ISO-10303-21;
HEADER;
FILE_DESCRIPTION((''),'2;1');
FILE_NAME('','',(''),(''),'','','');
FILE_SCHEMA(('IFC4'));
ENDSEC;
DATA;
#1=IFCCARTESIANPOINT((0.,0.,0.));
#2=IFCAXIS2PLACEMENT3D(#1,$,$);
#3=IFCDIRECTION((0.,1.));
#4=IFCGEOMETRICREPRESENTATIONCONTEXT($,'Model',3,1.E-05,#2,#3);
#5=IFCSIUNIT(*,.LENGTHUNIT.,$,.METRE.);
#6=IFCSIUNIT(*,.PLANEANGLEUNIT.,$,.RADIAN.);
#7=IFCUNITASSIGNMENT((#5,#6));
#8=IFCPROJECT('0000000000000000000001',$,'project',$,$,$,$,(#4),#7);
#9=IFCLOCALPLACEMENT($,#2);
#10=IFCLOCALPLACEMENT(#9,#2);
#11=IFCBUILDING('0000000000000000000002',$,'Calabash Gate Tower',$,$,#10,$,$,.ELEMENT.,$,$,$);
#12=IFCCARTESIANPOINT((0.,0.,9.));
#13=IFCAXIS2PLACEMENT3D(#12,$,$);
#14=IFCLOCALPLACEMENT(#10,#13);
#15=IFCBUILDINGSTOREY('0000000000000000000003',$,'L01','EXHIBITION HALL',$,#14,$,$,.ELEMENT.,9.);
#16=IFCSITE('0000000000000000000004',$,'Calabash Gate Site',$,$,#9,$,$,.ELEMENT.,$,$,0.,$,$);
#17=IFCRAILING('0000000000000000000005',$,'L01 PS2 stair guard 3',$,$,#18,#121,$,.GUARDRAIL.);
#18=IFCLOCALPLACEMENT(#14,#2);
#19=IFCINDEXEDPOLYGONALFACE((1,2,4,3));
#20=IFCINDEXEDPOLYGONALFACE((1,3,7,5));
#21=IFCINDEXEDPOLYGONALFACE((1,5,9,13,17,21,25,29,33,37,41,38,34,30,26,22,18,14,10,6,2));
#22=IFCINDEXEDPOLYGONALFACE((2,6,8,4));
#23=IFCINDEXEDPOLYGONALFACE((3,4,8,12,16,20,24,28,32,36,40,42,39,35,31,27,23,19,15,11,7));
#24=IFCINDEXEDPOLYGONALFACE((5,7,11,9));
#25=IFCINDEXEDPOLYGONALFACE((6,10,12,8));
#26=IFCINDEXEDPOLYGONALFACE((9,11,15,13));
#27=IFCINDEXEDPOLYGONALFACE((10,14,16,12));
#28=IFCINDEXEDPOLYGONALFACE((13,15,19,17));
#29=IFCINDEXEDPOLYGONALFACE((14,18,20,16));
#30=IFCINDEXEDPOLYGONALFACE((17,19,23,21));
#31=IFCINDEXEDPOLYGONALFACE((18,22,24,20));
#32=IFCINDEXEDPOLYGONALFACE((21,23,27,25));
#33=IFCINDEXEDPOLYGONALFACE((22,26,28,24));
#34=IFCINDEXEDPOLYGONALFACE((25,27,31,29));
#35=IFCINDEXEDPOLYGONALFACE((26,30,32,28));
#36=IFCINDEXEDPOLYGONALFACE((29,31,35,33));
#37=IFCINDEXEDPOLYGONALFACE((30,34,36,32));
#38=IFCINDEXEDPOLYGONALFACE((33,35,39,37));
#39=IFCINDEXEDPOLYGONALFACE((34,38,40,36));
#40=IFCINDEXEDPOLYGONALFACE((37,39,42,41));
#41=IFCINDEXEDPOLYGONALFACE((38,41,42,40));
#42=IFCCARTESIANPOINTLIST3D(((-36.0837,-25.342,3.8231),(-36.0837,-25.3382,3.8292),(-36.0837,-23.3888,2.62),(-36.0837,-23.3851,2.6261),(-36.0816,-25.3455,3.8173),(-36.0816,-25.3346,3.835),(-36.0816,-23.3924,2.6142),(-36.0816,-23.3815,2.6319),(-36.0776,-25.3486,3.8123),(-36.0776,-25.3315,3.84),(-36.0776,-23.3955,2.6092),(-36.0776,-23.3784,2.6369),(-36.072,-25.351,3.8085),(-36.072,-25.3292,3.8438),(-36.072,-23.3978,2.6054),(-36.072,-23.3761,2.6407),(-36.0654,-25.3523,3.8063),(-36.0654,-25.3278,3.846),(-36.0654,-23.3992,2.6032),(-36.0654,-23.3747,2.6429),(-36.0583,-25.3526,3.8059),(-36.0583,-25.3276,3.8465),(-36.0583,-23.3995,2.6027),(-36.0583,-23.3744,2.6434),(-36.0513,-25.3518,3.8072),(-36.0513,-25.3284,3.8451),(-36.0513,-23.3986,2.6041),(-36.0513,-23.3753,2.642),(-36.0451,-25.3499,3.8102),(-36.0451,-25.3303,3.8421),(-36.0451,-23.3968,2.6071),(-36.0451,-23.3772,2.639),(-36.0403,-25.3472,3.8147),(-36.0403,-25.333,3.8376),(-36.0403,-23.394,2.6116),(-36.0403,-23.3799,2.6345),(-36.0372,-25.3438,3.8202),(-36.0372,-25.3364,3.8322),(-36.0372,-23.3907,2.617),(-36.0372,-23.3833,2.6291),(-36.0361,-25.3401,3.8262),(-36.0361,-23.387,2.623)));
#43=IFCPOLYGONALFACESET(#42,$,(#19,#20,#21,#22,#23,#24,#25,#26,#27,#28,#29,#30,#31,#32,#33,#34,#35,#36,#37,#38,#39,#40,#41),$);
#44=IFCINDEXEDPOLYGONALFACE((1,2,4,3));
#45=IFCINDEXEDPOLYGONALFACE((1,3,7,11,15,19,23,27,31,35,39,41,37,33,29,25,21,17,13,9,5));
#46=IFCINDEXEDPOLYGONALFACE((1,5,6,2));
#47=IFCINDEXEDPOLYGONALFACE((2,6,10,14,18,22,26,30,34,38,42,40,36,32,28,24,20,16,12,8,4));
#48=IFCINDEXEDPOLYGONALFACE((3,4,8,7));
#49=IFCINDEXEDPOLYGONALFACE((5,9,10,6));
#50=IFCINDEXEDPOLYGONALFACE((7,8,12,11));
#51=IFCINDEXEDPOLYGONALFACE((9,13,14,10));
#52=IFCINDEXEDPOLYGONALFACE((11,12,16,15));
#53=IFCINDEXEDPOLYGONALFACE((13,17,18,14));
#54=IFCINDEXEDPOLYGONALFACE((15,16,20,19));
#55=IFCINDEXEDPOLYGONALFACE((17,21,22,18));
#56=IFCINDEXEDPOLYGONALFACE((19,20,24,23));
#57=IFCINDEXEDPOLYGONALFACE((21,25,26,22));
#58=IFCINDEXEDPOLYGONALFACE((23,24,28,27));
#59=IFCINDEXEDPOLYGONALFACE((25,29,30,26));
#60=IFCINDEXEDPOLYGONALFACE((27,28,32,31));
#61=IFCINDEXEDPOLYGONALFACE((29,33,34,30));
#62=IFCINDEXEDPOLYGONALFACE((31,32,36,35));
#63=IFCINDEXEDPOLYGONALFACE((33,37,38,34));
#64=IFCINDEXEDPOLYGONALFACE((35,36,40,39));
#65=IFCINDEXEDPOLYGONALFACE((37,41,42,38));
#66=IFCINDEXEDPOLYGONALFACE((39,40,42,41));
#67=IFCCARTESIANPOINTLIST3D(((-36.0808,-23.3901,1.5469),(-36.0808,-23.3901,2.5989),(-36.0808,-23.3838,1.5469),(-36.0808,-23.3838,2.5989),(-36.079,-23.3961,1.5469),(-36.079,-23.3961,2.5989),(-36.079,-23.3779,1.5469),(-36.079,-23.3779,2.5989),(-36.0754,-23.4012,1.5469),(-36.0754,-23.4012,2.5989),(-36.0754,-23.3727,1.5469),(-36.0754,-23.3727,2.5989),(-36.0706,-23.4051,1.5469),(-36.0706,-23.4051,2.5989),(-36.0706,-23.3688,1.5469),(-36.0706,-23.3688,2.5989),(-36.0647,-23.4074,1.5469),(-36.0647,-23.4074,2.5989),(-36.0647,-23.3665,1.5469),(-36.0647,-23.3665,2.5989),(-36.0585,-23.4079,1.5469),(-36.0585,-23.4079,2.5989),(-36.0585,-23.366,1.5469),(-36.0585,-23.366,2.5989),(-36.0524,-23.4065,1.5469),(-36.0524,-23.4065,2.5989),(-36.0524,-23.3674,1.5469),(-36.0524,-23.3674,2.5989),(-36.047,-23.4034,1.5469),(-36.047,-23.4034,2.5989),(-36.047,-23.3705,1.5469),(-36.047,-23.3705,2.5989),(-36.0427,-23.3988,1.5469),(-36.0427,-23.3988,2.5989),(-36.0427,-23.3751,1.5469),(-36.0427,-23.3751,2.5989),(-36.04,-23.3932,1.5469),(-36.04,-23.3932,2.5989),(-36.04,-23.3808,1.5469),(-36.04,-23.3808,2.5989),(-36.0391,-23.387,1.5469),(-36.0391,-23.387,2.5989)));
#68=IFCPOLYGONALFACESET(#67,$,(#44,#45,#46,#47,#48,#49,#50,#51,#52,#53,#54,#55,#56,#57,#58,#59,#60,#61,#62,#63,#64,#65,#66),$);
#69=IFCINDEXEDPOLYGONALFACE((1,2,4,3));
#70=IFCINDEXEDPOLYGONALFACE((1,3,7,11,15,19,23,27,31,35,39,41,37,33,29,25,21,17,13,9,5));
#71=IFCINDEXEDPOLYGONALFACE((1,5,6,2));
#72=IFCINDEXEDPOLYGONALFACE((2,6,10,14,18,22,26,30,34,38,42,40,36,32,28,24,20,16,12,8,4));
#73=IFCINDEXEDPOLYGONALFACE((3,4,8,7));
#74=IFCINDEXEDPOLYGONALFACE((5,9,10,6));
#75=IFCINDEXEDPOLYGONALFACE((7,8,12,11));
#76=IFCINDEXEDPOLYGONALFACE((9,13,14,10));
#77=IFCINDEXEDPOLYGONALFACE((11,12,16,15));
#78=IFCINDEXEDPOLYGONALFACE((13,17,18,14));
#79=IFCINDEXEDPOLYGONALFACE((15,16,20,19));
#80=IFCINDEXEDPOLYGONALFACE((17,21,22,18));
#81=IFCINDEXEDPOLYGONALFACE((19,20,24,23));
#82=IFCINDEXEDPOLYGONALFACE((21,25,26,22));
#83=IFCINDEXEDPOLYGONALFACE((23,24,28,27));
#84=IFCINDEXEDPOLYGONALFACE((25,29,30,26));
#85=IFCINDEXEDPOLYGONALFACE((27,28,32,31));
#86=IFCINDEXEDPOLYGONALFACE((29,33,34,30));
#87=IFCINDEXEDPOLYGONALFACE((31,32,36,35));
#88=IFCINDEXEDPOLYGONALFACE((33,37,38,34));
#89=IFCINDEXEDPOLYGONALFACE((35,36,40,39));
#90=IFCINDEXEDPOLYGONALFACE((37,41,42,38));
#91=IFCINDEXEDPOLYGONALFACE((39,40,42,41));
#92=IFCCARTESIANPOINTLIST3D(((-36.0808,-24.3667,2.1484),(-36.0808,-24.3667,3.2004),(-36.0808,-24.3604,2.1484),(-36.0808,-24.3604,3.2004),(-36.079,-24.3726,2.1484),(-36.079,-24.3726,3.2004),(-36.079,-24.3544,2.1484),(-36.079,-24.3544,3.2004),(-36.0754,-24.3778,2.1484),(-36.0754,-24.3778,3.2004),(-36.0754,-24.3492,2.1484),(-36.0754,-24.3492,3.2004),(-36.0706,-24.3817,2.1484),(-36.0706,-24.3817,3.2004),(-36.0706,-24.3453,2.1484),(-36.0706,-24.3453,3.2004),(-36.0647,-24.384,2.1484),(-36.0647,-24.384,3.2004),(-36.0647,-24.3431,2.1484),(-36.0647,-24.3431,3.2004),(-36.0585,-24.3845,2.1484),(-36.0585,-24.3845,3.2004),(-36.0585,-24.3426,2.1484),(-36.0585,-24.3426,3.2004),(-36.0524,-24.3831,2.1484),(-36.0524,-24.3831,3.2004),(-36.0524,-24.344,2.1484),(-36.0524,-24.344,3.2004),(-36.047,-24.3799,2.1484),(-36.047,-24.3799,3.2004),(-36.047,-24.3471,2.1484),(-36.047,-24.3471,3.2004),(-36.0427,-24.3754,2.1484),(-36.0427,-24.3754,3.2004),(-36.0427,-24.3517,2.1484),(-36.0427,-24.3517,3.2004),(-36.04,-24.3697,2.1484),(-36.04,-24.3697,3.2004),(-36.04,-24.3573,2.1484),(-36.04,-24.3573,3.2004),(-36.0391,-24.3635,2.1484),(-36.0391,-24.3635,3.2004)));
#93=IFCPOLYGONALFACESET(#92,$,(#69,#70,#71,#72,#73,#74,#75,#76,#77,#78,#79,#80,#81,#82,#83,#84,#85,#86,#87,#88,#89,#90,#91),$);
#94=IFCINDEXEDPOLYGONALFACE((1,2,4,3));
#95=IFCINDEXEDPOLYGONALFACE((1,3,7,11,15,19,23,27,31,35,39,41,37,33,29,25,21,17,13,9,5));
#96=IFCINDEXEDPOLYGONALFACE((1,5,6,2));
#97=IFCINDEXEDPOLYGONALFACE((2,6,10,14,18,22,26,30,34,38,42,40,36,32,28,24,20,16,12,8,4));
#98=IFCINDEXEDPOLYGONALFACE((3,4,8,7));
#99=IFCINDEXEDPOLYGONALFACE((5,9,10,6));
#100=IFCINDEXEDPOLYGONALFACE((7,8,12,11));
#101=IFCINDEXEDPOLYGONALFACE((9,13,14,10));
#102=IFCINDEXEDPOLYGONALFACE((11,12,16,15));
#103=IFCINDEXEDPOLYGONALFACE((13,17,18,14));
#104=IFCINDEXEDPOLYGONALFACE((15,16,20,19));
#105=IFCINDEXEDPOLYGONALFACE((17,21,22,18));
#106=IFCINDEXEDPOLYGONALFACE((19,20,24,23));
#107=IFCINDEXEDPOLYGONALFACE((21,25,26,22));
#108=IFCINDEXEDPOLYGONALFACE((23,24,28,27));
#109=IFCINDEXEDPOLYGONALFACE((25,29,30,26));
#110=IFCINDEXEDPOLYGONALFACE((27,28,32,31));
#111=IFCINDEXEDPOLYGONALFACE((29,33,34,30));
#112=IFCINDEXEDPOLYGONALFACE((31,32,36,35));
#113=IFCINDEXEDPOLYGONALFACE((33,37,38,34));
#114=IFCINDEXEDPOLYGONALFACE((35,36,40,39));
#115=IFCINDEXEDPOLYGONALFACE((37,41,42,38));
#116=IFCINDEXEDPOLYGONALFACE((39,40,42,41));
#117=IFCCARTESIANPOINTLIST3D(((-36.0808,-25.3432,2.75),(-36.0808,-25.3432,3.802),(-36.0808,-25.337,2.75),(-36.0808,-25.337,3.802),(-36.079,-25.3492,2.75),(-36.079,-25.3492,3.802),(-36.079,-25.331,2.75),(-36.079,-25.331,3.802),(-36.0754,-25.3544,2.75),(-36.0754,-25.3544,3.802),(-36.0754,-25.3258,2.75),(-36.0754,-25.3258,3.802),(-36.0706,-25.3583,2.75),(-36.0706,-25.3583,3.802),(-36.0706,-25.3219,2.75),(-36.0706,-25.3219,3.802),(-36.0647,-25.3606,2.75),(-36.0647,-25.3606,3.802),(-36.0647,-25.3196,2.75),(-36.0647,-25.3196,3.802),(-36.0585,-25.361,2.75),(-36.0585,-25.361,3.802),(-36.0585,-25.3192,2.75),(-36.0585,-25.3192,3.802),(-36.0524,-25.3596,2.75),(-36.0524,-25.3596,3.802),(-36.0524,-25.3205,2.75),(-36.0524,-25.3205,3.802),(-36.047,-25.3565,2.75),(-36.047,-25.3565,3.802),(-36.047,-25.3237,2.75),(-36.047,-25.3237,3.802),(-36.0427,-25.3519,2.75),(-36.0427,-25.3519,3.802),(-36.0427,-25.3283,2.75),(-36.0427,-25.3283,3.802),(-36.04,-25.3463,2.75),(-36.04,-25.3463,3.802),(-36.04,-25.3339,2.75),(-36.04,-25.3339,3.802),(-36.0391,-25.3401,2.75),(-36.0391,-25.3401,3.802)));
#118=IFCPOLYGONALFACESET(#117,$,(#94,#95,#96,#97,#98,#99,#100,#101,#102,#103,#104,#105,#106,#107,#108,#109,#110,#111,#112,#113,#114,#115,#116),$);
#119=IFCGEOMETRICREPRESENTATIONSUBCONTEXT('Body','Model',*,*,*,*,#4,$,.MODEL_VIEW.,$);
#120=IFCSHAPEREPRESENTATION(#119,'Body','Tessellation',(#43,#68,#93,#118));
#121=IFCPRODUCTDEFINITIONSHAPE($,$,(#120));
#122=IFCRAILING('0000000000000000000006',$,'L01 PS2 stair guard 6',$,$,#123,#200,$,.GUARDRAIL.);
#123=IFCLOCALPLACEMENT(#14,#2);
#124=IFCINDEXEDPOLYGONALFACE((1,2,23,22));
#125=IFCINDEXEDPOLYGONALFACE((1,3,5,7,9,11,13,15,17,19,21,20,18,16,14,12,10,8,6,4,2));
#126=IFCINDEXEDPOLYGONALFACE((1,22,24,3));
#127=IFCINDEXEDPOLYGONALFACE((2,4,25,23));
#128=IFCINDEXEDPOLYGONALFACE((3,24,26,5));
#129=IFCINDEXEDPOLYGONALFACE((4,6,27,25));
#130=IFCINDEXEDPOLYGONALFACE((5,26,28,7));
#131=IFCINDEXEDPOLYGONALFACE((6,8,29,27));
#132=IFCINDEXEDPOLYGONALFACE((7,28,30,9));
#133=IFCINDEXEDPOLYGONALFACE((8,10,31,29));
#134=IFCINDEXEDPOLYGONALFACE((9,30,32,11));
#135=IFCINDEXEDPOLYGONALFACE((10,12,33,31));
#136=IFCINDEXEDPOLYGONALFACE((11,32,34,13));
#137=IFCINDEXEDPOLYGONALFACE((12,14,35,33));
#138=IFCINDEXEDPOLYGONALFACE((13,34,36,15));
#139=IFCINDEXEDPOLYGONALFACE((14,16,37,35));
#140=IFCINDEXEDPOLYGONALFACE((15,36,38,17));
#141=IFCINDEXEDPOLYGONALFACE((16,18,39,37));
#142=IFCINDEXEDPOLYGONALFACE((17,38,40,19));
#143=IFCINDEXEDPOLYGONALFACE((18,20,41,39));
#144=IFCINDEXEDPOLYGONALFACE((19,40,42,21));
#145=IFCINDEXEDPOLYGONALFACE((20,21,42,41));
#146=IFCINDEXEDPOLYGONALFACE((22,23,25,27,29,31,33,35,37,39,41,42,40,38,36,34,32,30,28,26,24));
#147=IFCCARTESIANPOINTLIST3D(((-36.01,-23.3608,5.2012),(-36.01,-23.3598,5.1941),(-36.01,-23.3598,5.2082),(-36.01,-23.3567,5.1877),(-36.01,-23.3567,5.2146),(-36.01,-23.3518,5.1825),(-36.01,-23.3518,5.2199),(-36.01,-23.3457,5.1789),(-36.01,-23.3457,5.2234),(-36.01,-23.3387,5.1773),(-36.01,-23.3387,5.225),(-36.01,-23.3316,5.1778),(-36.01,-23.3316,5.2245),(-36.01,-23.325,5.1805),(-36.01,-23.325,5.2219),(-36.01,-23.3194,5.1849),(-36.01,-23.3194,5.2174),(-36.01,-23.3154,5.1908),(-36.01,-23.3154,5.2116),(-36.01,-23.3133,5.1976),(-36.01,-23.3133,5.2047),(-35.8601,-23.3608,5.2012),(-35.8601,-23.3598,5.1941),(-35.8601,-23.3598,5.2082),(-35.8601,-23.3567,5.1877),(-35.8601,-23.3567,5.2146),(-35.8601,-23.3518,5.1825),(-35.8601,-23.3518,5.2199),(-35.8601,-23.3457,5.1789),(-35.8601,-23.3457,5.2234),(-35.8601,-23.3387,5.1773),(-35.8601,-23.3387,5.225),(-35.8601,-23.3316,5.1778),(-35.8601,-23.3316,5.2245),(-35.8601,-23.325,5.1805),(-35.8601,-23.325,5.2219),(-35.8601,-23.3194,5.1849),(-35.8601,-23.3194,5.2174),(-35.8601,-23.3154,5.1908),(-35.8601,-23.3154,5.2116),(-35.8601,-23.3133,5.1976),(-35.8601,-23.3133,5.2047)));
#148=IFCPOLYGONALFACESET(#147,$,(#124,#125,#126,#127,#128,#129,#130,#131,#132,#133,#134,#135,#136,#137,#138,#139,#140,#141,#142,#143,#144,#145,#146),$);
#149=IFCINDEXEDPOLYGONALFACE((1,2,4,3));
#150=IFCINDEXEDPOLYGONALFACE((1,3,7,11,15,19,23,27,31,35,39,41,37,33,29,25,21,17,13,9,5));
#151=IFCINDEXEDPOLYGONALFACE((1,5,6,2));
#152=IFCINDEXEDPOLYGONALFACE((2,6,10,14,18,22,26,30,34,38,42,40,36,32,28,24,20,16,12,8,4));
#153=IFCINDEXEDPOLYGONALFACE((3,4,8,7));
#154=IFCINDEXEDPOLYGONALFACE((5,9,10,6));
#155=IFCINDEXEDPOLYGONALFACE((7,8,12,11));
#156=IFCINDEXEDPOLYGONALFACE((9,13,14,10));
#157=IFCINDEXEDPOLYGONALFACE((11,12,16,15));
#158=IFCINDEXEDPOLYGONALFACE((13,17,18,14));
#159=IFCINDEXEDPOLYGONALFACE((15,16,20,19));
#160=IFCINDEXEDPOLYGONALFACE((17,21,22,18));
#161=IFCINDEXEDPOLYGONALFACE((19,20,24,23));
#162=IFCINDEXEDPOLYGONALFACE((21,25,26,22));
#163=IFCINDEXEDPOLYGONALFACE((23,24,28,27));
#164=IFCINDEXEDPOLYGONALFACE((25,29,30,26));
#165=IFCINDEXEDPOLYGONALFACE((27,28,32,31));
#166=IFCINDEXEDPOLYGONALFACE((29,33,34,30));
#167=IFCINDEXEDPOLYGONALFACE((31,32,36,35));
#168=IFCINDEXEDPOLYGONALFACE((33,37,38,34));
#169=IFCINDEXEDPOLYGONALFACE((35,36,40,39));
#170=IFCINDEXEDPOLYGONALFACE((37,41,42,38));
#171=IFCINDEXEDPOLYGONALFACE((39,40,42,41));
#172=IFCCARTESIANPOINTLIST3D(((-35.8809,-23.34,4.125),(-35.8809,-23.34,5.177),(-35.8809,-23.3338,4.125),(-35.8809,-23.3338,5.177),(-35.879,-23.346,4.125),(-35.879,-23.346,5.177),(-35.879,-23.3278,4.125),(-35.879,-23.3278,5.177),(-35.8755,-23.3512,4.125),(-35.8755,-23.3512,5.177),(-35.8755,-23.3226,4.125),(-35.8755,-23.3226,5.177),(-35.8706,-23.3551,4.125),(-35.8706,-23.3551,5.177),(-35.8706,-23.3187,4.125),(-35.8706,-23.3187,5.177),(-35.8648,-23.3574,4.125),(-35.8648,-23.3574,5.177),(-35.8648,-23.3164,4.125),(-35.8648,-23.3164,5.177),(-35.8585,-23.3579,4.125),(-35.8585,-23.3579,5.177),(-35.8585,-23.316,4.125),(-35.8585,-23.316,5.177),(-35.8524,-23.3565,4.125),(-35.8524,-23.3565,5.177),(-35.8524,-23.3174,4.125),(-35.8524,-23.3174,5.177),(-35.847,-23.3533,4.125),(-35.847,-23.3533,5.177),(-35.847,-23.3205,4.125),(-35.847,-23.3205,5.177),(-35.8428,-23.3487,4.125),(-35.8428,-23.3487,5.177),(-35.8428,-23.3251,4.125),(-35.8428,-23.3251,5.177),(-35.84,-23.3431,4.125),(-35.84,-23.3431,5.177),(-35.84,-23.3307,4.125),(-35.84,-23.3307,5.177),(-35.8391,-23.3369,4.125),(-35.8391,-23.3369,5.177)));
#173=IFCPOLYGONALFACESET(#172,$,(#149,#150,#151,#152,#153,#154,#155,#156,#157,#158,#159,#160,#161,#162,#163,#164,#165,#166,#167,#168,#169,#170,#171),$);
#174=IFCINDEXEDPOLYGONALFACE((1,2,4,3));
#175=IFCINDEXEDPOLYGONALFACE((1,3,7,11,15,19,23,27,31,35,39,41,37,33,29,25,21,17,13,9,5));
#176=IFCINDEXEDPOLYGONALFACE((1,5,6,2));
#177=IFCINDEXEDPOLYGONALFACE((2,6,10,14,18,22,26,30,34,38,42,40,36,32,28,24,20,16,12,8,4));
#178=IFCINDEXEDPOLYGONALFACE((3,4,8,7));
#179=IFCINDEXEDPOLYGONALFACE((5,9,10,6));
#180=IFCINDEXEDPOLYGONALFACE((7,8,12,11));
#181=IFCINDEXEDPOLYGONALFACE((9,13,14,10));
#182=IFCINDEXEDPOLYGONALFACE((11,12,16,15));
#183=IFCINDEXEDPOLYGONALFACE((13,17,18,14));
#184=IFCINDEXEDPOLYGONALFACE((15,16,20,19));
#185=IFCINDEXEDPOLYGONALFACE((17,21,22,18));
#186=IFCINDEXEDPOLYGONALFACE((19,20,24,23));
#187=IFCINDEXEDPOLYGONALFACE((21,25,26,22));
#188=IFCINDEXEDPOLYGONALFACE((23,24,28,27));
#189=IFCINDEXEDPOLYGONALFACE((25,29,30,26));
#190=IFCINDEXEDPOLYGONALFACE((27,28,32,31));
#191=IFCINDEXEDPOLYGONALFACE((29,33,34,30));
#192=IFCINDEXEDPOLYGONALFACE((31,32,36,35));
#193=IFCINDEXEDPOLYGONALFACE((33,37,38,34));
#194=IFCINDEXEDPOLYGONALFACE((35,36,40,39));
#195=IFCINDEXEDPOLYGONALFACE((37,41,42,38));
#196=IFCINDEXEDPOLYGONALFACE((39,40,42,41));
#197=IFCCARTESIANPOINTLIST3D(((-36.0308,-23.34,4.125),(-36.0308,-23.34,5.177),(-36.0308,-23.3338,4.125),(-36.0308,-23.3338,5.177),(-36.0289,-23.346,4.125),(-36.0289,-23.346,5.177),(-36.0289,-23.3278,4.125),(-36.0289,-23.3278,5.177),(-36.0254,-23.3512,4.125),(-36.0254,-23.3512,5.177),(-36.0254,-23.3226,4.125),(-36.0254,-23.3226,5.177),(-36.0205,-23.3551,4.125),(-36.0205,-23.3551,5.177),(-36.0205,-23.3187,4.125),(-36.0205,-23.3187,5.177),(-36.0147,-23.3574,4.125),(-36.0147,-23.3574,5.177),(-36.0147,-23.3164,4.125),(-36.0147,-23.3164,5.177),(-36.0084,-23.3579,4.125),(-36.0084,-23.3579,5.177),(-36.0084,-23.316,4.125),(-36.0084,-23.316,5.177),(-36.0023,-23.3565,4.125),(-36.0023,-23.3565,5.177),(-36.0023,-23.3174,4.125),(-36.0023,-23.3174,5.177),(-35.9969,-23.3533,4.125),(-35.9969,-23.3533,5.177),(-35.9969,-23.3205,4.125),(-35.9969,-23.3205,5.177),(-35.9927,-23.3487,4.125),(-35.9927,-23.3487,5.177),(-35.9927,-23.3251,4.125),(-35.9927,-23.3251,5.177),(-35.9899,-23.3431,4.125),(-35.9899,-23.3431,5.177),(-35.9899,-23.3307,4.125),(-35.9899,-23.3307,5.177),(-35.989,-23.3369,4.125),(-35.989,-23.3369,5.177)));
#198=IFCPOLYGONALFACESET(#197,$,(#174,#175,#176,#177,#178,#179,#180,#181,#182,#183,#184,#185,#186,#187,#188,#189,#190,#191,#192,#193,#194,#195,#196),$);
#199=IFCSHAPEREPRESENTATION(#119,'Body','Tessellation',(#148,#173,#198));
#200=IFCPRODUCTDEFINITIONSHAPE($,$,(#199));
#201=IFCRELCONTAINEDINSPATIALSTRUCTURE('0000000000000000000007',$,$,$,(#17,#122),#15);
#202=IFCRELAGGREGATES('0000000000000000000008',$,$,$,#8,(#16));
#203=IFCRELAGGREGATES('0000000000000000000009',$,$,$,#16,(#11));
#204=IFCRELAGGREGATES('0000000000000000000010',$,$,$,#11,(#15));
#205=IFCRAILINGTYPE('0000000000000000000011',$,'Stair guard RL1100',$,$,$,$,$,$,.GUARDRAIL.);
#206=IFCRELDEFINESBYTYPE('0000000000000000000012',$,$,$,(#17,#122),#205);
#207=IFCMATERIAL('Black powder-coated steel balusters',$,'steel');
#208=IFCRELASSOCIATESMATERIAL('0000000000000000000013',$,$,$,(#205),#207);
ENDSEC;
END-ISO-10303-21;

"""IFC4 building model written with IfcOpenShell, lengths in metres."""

from ifc_helpers import new_model, si_unit, direction, frame, origin, origin_2d, place, context, subcontext, project, spatial, circle, extrude, material, type_object, element, save


model = new_model("IFC4")

# Units and contexts
model_context = context("Model", 3, precision=1e-05, world=origin(), true_north=direction((0.0, 1.0)))
body_context = subcontext(model_context, "Body", "Model", "MODEL_VIEW")
ifc_project = project(units=[si_unit("LENGTHUNIT", "METRE"), si_unit("PLANEANGLEUNIT", "RADIAN")], contexts=[model_context])

# Site, building, storey
site_placement = place(None, origin())
site = spatial("IfcSite", under=ifc_project, at=site_placement, Name="Calabash Gate Site", CompositionType="ELEMENT", RefElevation=0.0)
building_placement = place(site_placement, origin())
building = spatial("IfcBuilding", under=site, at=building_placement, Name="Calabash Gate Tower", CompositionType="ELEMENT")
storey_placement = place(building_placement, frame((0.0, 0.0, 9.0)))
storey = spatial("IfcBuildingStorey", under=building, at=storey_placement, Name="L01", Description="EXHIBITION HALL", CompositionType="ELEMENT", Elevation=9.0)

# Railings
ifc_material_1 = material(Name="Black powder-coated steel balusters", Category="steel")
railing_type_1 = type_object("IfcRailingType", Name="Stair guard RL1100", PredefinedType="GUARDRAIL", material=ifc_material_1)
railing_1_placement = place(storey_placement, frame((-36.0601, -23.387, 1.5469)))
element("IfcRailing", 1, at=railing_1_placement, inside=storey, type_object=railing_type_1, Name="L01 PS2 stair guard 3", PredefinedType="GUARDRAIL", context=body_context, shape_type="SweptSolid", body=[
    extrude(circle(Radius=0.0239, at=origin_2d()), frame((0.0, 0.0, 1.0762), z_axis=(0.0, -0.851424, 0.524477), x_axis=(1.0, 0.0, 0.0)), (0.0, 0.0, 1.0), 2.2939),
    extrude(circle(Radius=0.021, at=origin_2d()), origin(), (0.0, 0.0, 1.0), 1.052),
    extrude(circle(Radius=0.021, at=origin_2d()), frame((0.0, -0.9766, 0.6016)), (0.0, 0.0, 1.0), 1.052),
    extrude(circle(Radius=0.021, at=origin_2d()), frame((0.0, -1.9531, 1.2031)), (0.0, 0.0, 1.0), 1.052),
])
railing_2_placement = place(storey_placement, frame((-35.8601, -23.3369, 4.125)))
element("IfcRailing", 2, at=railing_2_placement, inside=storey, type_object=railing_type_1, Name="L01 PS2 stair guard 6", PredefinedType="GUARDRAIL", context=body_context, shape_type="SweptSolid", body=[
    extrude(circle(Radius=0.0239, at=origin_2d()), frame((0.0, 0.0, 1.0762), z_axis=(-1.0, 0.0, 0.0), x_axis=(0.0, -1.0, 0.0)), (0.0, 0.0, 1.0), 0.1499),
    extrude(circle(Radius=0.021, at=origin_2d()), origin(), (0.0, 0.0, 1.0), 1.052),
    extrude(circle(Radius=0.021, at=origin_2d()), frame((-0.1499, 0.0, 0.0)), (0.0, 0.0, 1.0), 1.052),
])

save(model, "model.ifc")
